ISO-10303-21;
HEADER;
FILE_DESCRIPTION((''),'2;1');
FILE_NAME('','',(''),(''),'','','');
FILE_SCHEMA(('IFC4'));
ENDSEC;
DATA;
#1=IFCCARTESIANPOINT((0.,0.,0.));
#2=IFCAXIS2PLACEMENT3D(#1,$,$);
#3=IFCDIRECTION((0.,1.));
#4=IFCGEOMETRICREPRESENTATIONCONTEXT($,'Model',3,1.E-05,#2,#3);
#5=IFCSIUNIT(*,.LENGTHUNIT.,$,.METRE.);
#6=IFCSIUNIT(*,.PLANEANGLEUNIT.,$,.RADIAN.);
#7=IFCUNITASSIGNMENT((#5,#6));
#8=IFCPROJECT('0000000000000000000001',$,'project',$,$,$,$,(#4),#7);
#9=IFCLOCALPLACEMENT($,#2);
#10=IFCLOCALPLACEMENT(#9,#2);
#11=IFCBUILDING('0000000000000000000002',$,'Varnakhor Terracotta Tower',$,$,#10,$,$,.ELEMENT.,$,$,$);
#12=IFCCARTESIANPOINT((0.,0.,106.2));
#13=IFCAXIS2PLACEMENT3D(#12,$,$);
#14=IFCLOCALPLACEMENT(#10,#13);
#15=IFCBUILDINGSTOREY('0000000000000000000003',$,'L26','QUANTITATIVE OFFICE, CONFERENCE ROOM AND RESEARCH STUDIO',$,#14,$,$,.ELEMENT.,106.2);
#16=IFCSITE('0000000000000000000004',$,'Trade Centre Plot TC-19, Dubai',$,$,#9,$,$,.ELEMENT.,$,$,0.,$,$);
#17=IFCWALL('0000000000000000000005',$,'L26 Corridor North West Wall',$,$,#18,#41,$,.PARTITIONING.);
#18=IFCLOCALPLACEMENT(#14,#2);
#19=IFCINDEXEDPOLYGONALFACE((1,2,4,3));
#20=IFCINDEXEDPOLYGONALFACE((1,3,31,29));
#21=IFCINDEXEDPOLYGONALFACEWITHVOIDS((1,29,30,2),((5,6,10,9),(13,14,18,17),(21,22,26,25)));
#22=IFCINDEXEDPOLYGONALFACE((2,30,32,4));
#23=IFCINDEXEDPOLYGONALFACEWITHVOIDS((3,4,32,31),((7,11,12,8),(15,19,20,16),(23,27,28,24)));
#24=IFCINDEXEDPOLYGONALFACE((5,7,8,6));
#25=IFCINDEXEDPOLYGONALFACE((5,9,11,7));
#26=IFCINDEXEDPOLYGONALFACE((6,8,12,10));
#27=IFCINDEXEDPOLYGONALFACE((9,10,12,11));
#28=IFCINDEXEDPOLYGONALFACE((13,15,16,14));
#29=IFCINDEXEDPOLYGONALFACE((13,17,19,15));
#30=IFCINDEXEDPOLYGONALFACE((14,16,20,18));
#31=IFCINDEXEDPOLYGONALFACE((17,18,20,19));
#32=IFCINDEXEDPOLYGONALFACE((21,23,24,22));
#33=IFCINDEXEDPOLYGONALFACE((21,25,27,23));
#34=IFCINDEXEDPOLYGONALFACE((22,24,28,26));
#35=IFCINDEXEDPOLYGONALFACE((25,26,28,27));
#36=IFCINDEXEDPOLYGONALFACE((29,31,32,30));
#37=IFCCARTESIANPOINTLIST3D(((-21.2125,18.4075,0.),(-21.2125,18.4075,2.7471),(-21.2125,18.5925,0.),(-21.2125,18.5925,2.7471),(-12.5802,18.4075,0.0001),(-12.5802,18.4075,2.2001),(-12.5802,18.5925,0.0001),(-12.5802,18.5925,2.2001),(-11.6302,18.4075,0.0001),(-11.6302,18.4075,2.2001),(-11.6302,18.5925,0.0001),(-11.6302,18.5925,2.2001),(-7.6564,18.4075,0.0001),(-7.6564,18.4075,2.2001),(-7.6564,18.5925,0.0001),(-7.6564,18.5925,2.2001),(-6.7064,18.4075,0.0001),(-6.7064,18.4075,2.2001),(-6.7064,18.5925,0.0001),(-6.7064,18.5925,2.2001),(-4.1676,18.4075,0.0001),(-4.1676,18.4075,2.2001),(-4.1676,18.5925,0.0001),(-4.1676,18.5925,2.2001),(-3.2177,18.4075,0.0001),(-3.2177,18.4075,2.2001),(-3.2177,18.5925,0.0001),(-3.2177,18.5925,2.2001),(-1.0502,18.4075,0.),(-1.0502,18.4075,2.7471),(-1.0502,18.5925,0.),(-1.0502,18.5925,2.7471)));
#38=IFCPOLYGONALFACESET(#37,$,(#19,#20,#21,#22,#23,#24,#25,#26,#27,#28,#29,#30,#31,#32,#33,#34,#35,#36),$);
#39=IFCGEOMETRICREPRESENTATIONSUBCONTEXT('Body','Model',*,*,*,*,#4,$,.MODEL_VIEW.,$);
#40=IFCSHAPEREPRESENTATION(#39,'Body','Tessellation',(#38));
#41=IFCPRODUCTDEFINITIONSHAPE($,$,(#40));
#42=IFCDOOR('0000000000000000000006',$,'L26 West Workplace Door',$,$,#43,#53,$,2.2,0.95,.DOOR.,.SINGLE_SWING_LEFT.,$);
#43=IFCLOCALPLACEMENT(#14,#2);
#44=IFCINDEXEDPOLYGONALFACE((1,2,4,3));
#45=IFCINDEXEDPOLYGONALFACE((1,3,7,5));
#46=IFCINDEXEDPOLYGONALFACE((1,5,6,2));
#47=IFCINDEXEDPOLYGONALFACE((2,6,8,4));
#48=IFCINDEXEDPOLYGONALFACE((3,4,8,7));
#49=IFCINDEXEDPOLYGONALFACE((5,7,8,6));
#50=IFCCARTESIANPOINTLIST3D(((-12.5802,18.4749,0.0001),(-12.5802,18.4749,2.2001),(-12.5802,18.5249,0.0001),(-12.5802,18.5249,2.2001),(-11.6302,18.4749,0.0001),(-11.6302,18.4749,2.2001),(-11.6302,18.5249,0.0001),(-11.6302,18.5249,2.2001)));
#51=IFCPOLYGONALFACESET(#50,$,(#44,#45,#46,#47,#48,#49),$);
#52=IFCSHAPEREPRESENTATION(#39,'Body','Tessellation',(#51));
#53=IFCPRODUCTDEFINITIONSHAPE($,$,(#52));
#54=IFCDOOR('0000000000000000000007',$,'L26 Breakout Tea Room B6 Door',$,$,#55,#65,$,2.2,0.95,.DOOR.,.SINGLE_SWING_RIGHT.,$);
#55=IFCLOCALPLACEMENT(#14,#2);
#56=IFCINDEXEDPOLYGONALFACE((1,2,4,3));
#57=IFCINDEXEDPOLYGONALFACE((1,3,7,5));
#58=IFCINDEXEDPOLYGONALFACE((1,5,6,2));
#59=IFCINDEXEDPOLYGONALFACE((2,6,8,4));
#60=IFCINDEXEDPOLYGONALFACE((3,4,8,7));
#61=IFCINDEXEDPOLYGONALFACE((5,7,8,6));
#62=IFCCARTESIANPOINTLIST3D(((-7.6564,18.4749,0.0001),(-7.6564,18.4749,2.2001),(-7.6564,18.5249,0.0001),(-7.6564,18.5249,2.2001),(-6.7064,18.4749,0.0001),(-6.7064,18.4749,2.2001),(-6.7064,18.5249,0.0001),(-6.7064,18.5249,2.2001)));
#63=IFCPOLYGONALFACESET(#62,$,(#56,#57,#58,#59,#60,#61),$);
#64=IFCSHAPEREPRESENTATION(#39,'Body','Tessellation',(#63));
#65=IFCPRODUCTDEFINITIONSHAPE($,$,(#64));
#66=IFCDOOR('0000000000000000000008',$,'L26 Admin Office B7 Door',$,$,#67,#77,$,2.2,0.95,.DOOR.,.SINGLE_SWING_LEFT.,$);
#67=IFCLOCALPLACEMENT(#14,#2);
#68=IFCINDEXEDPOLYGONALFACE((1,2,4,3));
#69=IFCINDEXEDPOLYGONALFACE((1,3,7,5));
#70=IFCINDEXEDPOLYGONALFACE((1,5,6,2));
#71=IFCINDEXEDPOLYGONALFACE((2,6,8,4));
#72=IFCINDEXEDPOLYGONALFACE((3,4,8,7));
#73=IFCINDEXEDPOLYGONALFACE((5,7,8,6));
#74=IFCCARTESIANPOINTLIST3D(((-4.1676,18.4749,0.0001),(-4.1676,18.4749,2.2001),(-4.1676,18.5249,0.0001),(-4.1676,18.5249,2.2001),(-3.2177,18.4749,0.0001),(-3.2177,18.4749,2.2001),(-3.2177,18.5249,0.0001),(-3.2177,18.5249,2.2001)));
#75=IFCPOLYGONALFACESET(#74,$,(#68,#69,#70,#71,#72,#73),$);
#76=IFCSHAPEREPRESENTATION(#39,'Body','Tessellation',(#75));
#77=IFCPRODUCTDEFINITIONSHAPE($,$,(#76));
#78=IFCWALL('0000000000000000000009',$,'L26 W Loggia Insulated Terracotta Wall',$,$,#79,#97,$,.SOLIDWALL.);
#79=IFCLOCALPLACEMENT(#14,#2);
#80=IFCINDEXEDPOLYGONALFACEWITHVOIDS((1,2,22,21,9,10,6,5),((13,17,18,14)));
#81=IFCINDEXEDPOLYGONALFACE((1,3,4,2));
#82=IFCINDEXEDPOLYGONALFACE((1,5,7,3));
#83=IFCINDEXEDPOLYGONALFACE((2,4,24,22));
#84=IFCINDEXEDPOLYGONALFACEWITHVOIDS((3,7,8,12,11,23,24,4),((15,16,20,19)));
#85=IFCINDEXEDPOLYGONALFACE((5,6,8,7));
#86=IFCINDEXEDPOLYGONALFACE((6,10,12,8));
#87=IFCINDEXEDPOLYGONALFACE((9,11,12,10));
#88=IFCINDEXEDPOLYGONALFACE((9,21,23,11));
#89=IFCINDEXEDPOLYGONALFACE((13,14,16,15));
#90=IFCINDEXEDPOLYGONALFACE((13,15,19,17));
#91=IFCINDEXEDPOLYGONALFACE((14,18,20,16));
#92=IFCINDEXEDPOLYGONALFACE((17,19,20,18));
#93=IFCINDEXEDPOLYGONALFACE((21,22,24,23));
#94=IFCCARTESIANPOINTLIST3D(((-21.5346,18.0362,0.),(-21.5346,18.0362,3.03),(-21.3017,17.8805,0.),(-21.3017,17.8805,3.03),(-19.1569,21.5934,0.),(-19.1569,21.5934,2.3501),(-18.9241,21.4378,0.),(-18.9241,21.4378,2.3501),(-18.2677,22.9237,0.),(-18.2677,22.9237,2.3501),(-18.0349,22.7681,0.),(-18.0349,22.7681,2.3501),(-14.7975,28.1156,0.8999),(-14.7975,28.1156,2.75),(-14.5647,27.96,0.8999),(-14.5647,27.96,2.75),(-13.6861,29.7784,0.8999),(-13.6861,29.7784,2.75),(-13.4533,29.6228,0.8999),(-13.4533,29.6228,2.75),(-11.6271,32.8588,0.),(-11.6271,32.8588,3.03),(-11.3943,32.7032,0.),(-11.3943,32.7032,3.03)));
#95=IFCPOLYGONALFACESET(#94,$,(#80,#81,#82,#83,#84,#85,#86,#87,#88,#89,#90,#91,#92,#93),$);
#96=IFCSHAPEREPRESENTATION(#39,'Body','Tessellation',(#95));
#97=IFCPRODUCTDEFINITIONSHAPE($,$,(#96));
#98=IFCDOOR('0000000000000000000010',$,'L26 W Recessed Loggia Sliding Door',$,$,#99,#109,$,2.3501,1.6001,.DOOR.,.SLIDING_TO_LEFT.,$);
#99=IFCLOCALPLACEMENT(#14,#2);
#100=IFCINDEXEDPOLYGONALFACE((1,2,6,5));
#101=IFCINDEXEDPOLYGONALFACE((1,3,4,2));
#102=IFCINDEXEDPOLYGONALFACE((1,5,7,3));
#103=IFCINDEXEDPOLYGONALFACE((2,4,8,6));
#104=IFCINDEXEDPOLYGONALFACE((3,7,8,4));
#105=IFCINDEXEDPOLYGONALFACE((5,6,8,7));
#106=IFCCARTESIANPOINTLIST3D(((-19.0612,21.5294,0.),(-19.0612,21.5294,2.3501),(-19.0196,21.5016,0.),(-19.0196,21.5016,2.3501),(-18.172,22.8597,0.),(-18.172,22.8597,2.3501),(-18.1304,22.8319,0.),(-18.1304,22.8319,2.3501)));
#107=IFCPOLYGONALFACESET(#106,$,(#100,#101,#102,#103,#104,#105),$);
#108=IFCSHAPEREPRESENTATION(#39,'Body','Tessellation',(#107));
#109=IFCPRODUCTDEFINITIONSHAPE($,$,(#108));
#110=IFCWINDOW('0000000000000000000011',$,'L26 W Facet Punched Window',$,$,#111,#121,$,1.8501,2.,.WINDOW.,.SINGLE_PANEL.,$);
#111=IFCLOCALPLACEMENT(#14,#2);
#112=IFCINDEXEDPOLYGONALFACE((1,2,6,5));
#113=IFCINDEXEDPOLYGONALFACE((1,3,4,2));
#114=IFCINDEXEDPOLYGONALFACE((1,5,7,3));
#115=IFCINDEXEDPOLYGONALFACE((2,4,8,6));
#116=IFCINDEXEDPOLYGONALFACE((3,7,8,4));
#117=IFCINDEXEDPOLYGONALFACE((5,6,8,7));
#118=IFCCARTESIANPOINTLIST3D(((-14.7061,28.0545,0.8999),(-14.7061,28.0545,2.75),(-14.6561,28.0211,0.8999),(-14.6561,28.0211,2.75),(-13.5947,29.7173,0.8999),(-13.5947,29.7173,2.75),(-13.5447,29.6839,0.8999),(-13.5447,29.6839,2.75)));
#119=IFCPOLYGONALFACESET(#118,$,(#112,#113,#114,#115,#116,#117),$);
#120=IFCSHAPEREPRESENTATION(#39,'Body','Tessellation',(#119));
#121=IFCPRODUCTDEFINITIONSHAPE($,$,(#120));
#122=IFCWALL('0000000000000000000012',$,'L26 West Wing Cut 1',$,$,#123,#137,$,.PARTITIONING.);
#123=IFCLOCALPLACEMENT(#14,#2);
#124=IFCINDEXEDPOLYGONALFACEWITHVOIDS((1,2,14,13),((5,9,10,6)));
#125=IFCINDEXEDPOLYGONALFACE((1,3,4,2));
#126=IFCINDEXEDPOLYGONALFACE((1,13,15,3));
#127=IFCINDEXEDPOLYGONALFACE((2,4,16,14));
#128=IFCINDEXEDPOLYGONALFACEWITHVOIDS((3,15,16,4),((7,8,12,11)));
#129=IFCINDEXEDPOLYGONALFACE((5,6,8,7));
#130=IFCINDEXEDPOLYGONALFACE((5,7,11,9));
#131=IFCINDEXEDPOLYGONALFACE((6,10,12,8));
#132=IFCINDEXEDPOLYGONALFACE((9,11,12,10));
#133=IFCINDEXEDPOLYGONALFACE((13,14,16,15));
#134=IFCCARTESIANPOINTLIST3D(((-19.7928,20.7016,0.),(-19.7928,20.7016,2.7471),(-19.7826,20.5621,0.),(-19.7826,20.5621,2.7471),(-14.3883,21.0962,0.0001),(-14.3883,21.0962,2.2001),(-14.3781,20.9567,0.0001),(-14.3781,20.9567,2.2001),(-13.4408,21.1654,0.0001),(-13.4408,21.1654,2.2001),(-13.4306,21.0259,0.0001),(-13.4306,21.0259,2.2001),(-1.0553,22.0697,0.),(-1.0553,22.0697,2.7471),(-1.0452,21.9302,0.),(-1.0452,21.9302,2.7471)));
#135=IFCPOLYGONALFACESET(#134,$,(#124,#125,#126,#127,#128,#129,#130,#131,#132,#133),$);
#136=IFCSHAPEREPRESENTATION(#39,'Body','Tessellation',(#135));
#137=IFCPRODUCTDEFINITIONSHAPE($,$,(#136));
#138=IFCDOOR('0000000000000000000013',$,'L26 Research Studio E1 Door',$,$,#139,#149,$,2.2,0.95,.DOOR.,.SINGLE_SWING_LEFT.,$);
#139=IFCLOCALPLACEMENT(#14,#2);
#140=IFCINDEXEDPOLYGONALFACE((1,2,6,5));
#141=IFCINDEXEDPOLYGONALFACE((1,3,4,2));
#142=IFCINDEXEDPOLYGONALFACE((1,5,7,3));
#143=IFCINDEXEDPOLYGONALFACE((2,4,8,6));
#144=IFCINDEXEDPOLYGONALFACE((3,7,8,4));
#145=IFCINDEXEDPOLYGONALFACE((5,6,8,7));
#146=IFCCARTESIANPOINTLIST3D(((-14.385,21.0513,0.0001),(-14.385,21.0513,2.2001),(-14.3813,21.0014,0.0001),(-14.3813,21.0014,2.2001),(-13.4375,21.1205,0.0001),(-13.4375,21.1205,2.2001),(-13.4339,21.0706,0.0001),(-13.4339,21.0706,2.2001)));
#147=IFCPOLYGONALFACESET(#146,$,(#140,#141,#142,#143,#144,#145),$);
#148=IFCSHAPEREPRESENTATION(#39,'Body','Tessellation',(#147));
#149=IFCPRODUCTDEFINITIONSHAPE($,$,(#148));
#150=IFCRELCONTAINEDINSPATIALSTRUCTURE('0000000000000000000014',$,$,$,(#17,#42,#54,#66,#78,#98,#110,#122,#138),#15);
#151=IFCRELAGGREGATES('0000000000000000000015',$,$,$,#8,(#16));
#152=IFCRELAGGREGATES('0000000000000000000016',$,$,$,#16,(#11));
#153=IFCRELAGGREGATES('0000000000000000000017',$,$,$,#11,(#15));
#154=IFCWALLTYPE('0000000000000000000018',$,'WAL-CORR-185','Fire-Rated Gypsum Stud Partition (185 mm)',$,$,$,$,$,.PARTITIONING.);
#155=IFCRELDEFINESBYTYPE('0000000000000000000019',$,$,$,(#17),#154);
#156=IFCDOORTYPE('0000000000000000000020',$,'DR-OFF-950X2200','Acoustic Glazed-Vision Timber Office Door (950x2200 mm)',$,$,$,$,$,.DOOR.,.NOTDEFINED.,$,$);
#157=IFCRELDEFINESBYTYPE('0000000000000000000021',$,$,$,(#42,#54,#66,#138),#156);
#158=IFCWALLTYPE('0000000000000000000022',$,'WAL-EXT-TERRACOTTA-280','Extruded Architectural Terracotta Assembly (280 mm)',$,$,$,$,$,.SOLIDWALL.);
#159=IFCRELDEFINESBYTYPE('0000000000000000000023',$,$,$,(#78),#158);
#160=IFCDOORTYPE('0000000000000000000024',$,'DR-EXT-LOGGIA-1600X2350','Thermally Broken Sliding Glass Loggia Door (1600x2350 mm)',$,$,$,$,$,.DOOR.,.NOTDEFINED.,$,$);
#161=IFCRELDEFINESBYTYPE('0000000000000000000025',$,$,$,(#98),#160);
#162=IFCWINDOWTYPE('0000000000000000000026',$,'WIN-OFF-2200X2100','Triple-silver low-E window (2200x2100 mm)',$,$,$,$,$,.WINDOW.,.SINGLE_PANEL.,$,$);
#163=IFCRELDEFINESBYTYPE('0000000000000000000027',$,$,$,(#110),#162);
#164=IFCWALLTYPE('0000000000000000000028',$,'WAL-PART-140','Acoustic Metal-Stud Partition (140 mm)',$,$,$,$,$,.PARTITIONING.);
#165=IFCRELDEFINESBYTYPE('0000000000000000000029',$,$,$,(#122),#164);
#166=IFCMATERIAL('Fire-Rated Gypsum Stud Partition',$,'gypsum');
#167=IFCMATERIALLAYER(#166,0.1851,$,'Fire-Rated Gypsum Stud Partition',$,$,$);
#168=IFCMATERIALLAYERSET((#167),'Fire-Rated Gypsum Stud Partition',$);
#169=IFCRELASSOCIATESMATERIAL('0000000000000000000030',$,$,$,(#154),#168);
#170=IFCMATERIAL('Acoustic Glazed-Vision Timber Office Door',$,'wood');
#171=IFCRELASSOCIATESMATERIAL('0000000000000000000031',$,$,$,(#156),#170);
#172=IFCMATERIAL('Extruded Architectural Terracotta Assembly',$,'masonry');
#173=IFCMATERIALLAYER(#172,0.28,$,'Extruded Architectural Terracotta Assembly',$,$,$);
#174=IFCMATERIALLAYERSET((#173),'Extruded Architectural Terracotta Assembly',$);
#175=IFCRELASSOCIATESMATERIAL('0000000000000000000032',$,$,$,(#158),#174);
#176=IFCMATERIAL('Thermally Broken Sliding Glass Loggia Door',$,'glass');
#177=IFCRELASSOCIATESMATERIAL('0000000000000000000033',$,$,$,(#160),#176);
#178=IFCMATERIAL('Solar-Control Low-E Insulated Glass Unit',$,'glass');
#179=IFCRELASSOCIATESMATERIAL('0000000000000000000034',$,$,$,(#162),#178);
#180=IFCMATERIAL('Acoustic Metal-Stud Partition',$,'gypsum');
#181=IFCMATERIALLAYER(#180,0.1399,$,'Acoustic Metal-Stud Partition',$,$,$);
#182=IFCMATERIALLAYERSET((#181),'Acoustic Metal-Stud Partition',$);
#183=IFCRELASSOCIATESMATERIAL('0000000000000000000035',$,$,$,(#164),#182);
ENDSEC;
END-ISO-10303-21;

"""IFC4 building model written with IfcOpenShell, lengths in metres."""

from ifc_helpers import new_model, si_unit, direction, frame, frame_2d, origin, place, context, subcontext, project, spatial, rectangle, extrude, source, transform, mapped, material, layer, layer_set, type_object, type_shapes, element, fill, save


model = new_model("IFC4")

# Units and contexts
model_context = context("Model", 3, precision=1e-05, world=origin(), true_north=direction((0.0, 1.0)))
body_context = subcontext(model_context, "Body", "Model", "MODEL_VIEW")
ifc_project = project(units=[si_unit("LENGTHUNIT", "METRE"), si_unit("PLANEANGLEUNIT", "RADIAN")], contexts=[model_context])

# Site, building, storey
site_placement = place(None, origin())
site = spatial("IfcSite", under=ifc_project, at=site_placement, Name="Trade Centre Plot TC-19, Dubai", CompositionType="ELEMENT", RefElevation=0.0)
building_placement = place(site_placement, origin())
building = spatial("IfcBuilding", under=site, at=building_placement, Name="Varnakhor Terracotta Tower", CompositionType="ELEMENT")
storey_placement = place(building_placement, frame((0.0, 0.0, 106.2)))
storey = spatial("IfcBuildingStorey", under=building, at=storey_placement, Name="L26", Description="QUANTITATIVE OFFICE, CONFERENCE ROOM AND RESEARCH STUDIO", CompositionType="ELEMENT", Elevation=106.2)

# Shared definitions
ifc_material_1 = material(Name="Fire-Rated Gypsum Stud Partition", Category="gypsum")
ifc_layer_1 = layer(ifc_material_1, 0.1851, Name="Fire-Rated Gypsum Stud Partition")
ifc_layer_set_1 = layer_set([ifc_layer_1], Name="Fire-Rated Gypsum Stud Partition")
wall_type_1 = type_object("IfcWallType", Name="WAL-CORR-185", Description="Fire-Rated Gypsum Stud Partition (185 mm)", PredefinedType="PARTITIONING", material=ifc_layer_set_1)
ifc_material_2 = material(Name="Acoustic Glazed-Vision Timber Office Door", Category="wood")
door_type_1 = type_object("IfcDoorType", Name="DR-OFF-950X2200", Description="Acoustic Glazed-Vision Timber Office Door (950x2200 mm)", OperationType="NOTDEFINED", PredefinedType="DOOR", material=ifc_material_2)
shared_shape_1 = source(origin(), body_context, "Body", "SweptSolid", [
    extrude(rectangle(XDim=0.95, YDim=2.2, at=frame_2d((0.4751, 1.1001))), frame((0.0, 0.0249, 0.0), z_axis=(0.0, -1.0, 0.0), x_axis=(1.0, 0.0, 0.0)), (0.0, 0.0, 1.0), 0.05),
])
type_shapes(door_type_1, [shared_shape_1])

# Wall, openings, doors
wall_1_placement = place(storey_placement, frame((-21.2124, 18.5, 0.0), z_axis=(0.0, 0.0, 1.0), x_axis=(1.0, 0.0, 0.0)))
wall_1 = element("IfcWall", 1, at=wall_1_placement, inside=storey, type_object=wall_type_1, Name="L26 Corridor North West Wall", PredefinedType="PARTITIONING", context=body_context, shape_type="SweptSolid", body=[
    extrude(rectangle(XDim=20.1624, YDim=0.1851, at=frame_2d((10.0811, 0.0))), origin(), (0.0, 0.0, 1.0), 2.7471),
])
opening_1_placement = place(wall_1_placement, frame((8.6321, 0.0, 0.0)))
opening_1 = element("IfcOpeningElement", 2, at=opening_1_placement, cuts=wall_1, PredefinedType="OPENING", context=body_context, shape_type="SweptSolid", body=[
    extrude(rectangle(XDim=0.95, YDim=2.2, at=frame_2d((0.4751, 1.1001))), frame((0.0, 0.1025, 0.0), z_axis=(0.0, -1.0, 0.0), x_axis=(1.0, 0.0, 0.0)), (0.0, 0.0, 1.0), 0.2051),
])
opening_2_placement = place(wall_1_placement, frame((13.5559, 0.0, 0.0)))
opening_2 = element("IfcOpeningElement", 3, at=opening_2_placement, cuts=wall_1, PredefinedType="OPENING", context=body_context, shape_type="SweptSolid", body=[
    extrude(rectangle(XDim=0.95, YDim=2.2, at=frame_2d((0.4751, 1.1001))), frame((0.0, 0.1025, 0.0), z_axis=(0.0, -1.0, 0.0), x_axis=(1.0, 0.0, 0.0)), (0.0, 0.0, 1.0), 0.2051),
])
opening_3_placement = place(wall_1_placement, frame((17.0447, 0.0, 0.0)))
opening_3 = element("IfcOpeningElement", 4, at=opening_3_placement, cuts=wall_1, PredefinedType="OPENING", context=body_context, shape_type="SweptSolid", body=[
    extrude(rectangle(XDim=0.95, YDim=2.2, at=frame_2d((0.4751, 1.1001))), frame((0.0, 0.1025, 0.0), z_axis=(0.0, -1.0, 0.0), x_axis=(1.0, 0.0, 0.0)), (0.0, 0.0, 1.0), 0.2051),
])
door_1_placement = place(opening_1_placement, origin())
door_1 = element("IfcDoor", 5, at=door_1_placement, inside=storey, type_object=door_type_1, Name="L26 West Workplace Door", OperationType="SINGLE_SWING_LEFT", OverallHeight=2.2, OverallWidth=0.95, PredefinedType="DOOR", context=body_context, shape_type="MappedRepresentation", body=[
    mapped(shared_shape_1, transform((0.0, 0.0, 0.0), scale=1.0)),
])
fill(opening_1, door_1)
door_2_placement = place(opening_2_placement, origin())
door_2 = element("IfcDoor", 6, at=door_2_placement, inside=storey, type_object=door_type_1, Name="L26 Breakout Tea Room B6 Door", OperationType="SINGLE_SWING_RIGHT", OverallHeight=2.2, OverallWidth=0.95, PredefinedType="DOOR", context=body_context, shape_type="MappedRepresentation", body=[
    mapped(shared_shape_1, transform((0.0, 0.0, 0.0), scale=1.0)),
])
fill(opening_2, door_2)
door_3_placement = place(opening_3_placement, origin())
door_3 = element("IfcDoor", 7, at=door_3_placement, inside=storey, type_object=door_type_1, Name="L26 Admin Office B7 Door", OperationType="SINGLE_SWING_LEFT", OverallHeight=2.2, OverallWidth=0.95, PredefinedType="DOOR", context=body_context, shape_type="MappedRepresentation", body=[
    mapped(shared_shape_1, transform((0.0, 0.0, 0.0), scale=1.0)),
])
fill(opening_3, door_3)

# Wall, openings, door, window
ifc_material_3 = material(Name="Extruded Architectural Terracotta Assembly", Category="masonry")
ifc_layer_2 = layer(ifc_material_3, 0.28, Name="Extruded Architectural Terracotta Assembly")
ifc_layer_set_2 = layer_set([ifc_layer_2], Name="Extruded Architectural Terracotta Assembly")
wall_type_2 = type_object("IfcWallType", Name="WAL-EXT-TERRACOTTA-280", Description="Extruded Architectural Terracotta Assembly (280 mm)", PredefinedType="SOLIDWALL", material=ifc_layer_set_2)
wall_2_placement = place(storey_placement, frame((-21.4182, 17.9583, 0.0), z_axis=(0.0, 0.0, 1.0), x_axis=(0.555695, 0.831386, 0.0)))
wall_2 = element("IfcWall", 8, at=wall_2_placement, inside=storey, type_object=wall_type_2, Name="L26 W Loggia Insulated Terracotta Wall", PredefinedType="SOLIDWALL", context=body_context, shape_type="SweptSolid", body=[
    extrude(rectangle(XDim=17.8289, YDim=0.28, at=frame_2d((8.9146, 0.0))), origin(), (0.0, 0.0, 1.0), 3.03),
])
opening_4_placement = place(wall_2_placement, frame((4.2788, 0.0, 0.0)))
opening_4 = element("IfcOpeningElement", 9, at=opening_4_placement, cuts=wall_2, PredefinedType="OPENING", context=body_context, shape_type="SweptSolid", body=[
    extrude(rectangle(XDim=1.6001, YDim=2.3501, at=frame_2d((0.8, 1.175))), frame((0.0, 0.1499, 0.0), z_axis=(0.0, -1.0, 0.0), x_axis=(1.0, 0.0, 0.0)), (0.0, 0.0, 1.0), 0.3),
])
opening_5_placement = place(wall_2_placement, frame((12.1238, 0.0, 0.8999)))
opening_5 = element("IfcOpeningElement", 10, at=opening_5_placement, cuts=wall_2, PredefinedType="OPENING", context=body_context, shape_type="SweptSolid", body=[
    extrude(rectangle(XDim=2.0, YDim=1.8501, at=frame_2d((1.0, 0.925))), frame((0.0, 0.1499, 0.0), z_axis=(0.0, -1.0, 0.0), x_axis=(1.0, 0.0, 0.0)), (0.0, 0.0, 1.0), 0.3),
])
ifc_material_4 = material(Name="Thermally Broken Sliding Glass Loggia Door", Category="glass")
door_type_2 = type_object("IfcDoorType", Name="DR-EXT-LOGGIA-1600X2350", Description="Thermally Broken Sliding Glass Loggia Door (1600x2350 mm)", OperationType="NOTDEFINED", PredefinedType="DOOR", material=ifc_material_4)
shared_shape_2 = source(origin(), body_context, "Body", "SweptSolid", [
    extrude(rectangle(XDim=1.6001, YDim=2.3501, at=frame_2d((0.8, 1.175))), frame((0.0, 0.0249, 0.0), z_axis=(0.0, -1.0, 0.0), x_axis=(1.0, 0.0, 0.0)), (0.0, 0.0, 1.0), 0.05),
])
type_shapes(door_type_2, [shared_shape_2])
door_4_placement = place(opening_4_placement, origin())
door_4 = element("IfcDoor", 11, at=door_4_placement, inside=storey, type_object=door_type_2, Name="L26 W Recessed Loggia Sliding Door", OperationType="SLIDING_TO_LEFT", OverallHeight=2.3501, OverallWidth=1.6001, PredefinedType="DOOR", context=body_context, shape_type="MappedRepresentation", body=[
    mapped(shared_shape_2, transform((0.0, 0.0, 0.0), scale=1.0)),
])
fill(opening_4, door_4)
ifc_material_5 = material(Name="Solar-Control Low-E Insulated Glass Unit", Category="glass")
window_type = type_object("IfcWindowType", Name="WIN-OFF-2200X2100", Description="Triple-silver low-E window (2200x2100 mm)", PartitioningType="SINGLE_PANEL", PredefinedType="WINDOW", material=ifc_material_5)
shared_shape_3 = source(origin(), body_context, "Body", "SweptSolid", [
    extrude(rectangle(XDim=2.0, YDim=1.8501, at=frame_2d((1.0, 0.925))), frame((0.0, 0.03, 0.0), z_axis=(0.0, -1.0, 0.0), x_axis=(1.0, 0.0, 0.0)), (0.0, 0.0, 1.0), 0.0601),
])
type_shapes(window_type, [shared_shape_3])
window_placement = place(opening_5_placement, origin())
window = element("IfcWindow", 12, at=window_placement, inside=storey, type_object=window_type, Name="L26 W Facet Punched Window", OverallHeight=1.8501, OverallWidth=2.0, PartitioningType="SINGLE_PANEL", PredefinedType="WINDOW", context=body_context, shape_type="MappedRepresentation", body=[
    mapped(shared_shape_3, transform((0.0, 0.0, 0.0), scale=1.0)),
])
fill(opening_5, window)

# Wall, opening, door
ifc_material_6 = material(Name="Acoustic Metal-Stud Partition", Category="gypsum")
ifc_layer_3 = layer(ifc_material_6, 0.1399, Name="Acoustic Metal-Stud Partition")
ifc_layer_set_3 = layer_set([ifc_layer_3], Name="Acoustic Metal-Stud Partition")
wall_type_3 = type_object("IfcWallType", Name="WAL-PART-140", Description="Acoustic Metal-Stud Partition (140 mm)", PredefinedType="PARTITIONING", material=ifc_layer_set_3)
wall_3_placement = place(storey_placement, frame((-19.7876, 20.6318, 0.0), z_axis=(0.0, 0.0, 1.0), x_axis=(0.997345, 0.072823, 0.0)))
wall_3 = element("IfcWall", 13, at=wall_3_placement, inside=storey, type_object=wall_type_3, Name="L26 West Wing Cut 1", PredefinedType="PARTITIONING", context=body_context, shape_type="SweptSolid", body=[
    extrude(rectangle(XDim=18.7874, YDim=0.1399, at=frame_2d((9.3936, 0.0))), origin(), (0.0, 0.0, 1.0), 2.7471),
])
opening_6_placement = place(wall_3_placement, frame((5.4187, 0.0, 0.0)))
opening_6 = element("IfcOpeningElement", 14, at=opening_6_placement, cuts=wall_3, PredefinedType="OPENING", context=body_context, shape_type="SweptSolid", body=[
    extrude(rectangle(XDim=0.95, YDim=2.2, at=frame_2d((0.4751, 1.1001))), frame((0.0, 0.0801, 0.0), z_axis=(0.0, -1.0, 0.0), x_axis=(1.0, 0.0, 0.0)), (0.0, 0.0, 1.0), 0.1599),
])
door_5_placement = place(opening_6_placement, origin())
door_5 = element("IfcDoor", 15, at=door_5_placement, inside=storey, type_object=door_type_1, Name="L26 Research Studio E1 Door", OperationType="SINGLE_SWING_LEFT", OverallHeight=2.2, OverallWidth=0.95, PredefinedType="DOOR", context=body_context, shape_type="MappedRepresentation", body=[
    mapped(shared_shape_1, transform((0.0, 0.0, 0.0), scale=1.0)),
])
fill(opening_6, door_5)

save(model, "model.ifc")
